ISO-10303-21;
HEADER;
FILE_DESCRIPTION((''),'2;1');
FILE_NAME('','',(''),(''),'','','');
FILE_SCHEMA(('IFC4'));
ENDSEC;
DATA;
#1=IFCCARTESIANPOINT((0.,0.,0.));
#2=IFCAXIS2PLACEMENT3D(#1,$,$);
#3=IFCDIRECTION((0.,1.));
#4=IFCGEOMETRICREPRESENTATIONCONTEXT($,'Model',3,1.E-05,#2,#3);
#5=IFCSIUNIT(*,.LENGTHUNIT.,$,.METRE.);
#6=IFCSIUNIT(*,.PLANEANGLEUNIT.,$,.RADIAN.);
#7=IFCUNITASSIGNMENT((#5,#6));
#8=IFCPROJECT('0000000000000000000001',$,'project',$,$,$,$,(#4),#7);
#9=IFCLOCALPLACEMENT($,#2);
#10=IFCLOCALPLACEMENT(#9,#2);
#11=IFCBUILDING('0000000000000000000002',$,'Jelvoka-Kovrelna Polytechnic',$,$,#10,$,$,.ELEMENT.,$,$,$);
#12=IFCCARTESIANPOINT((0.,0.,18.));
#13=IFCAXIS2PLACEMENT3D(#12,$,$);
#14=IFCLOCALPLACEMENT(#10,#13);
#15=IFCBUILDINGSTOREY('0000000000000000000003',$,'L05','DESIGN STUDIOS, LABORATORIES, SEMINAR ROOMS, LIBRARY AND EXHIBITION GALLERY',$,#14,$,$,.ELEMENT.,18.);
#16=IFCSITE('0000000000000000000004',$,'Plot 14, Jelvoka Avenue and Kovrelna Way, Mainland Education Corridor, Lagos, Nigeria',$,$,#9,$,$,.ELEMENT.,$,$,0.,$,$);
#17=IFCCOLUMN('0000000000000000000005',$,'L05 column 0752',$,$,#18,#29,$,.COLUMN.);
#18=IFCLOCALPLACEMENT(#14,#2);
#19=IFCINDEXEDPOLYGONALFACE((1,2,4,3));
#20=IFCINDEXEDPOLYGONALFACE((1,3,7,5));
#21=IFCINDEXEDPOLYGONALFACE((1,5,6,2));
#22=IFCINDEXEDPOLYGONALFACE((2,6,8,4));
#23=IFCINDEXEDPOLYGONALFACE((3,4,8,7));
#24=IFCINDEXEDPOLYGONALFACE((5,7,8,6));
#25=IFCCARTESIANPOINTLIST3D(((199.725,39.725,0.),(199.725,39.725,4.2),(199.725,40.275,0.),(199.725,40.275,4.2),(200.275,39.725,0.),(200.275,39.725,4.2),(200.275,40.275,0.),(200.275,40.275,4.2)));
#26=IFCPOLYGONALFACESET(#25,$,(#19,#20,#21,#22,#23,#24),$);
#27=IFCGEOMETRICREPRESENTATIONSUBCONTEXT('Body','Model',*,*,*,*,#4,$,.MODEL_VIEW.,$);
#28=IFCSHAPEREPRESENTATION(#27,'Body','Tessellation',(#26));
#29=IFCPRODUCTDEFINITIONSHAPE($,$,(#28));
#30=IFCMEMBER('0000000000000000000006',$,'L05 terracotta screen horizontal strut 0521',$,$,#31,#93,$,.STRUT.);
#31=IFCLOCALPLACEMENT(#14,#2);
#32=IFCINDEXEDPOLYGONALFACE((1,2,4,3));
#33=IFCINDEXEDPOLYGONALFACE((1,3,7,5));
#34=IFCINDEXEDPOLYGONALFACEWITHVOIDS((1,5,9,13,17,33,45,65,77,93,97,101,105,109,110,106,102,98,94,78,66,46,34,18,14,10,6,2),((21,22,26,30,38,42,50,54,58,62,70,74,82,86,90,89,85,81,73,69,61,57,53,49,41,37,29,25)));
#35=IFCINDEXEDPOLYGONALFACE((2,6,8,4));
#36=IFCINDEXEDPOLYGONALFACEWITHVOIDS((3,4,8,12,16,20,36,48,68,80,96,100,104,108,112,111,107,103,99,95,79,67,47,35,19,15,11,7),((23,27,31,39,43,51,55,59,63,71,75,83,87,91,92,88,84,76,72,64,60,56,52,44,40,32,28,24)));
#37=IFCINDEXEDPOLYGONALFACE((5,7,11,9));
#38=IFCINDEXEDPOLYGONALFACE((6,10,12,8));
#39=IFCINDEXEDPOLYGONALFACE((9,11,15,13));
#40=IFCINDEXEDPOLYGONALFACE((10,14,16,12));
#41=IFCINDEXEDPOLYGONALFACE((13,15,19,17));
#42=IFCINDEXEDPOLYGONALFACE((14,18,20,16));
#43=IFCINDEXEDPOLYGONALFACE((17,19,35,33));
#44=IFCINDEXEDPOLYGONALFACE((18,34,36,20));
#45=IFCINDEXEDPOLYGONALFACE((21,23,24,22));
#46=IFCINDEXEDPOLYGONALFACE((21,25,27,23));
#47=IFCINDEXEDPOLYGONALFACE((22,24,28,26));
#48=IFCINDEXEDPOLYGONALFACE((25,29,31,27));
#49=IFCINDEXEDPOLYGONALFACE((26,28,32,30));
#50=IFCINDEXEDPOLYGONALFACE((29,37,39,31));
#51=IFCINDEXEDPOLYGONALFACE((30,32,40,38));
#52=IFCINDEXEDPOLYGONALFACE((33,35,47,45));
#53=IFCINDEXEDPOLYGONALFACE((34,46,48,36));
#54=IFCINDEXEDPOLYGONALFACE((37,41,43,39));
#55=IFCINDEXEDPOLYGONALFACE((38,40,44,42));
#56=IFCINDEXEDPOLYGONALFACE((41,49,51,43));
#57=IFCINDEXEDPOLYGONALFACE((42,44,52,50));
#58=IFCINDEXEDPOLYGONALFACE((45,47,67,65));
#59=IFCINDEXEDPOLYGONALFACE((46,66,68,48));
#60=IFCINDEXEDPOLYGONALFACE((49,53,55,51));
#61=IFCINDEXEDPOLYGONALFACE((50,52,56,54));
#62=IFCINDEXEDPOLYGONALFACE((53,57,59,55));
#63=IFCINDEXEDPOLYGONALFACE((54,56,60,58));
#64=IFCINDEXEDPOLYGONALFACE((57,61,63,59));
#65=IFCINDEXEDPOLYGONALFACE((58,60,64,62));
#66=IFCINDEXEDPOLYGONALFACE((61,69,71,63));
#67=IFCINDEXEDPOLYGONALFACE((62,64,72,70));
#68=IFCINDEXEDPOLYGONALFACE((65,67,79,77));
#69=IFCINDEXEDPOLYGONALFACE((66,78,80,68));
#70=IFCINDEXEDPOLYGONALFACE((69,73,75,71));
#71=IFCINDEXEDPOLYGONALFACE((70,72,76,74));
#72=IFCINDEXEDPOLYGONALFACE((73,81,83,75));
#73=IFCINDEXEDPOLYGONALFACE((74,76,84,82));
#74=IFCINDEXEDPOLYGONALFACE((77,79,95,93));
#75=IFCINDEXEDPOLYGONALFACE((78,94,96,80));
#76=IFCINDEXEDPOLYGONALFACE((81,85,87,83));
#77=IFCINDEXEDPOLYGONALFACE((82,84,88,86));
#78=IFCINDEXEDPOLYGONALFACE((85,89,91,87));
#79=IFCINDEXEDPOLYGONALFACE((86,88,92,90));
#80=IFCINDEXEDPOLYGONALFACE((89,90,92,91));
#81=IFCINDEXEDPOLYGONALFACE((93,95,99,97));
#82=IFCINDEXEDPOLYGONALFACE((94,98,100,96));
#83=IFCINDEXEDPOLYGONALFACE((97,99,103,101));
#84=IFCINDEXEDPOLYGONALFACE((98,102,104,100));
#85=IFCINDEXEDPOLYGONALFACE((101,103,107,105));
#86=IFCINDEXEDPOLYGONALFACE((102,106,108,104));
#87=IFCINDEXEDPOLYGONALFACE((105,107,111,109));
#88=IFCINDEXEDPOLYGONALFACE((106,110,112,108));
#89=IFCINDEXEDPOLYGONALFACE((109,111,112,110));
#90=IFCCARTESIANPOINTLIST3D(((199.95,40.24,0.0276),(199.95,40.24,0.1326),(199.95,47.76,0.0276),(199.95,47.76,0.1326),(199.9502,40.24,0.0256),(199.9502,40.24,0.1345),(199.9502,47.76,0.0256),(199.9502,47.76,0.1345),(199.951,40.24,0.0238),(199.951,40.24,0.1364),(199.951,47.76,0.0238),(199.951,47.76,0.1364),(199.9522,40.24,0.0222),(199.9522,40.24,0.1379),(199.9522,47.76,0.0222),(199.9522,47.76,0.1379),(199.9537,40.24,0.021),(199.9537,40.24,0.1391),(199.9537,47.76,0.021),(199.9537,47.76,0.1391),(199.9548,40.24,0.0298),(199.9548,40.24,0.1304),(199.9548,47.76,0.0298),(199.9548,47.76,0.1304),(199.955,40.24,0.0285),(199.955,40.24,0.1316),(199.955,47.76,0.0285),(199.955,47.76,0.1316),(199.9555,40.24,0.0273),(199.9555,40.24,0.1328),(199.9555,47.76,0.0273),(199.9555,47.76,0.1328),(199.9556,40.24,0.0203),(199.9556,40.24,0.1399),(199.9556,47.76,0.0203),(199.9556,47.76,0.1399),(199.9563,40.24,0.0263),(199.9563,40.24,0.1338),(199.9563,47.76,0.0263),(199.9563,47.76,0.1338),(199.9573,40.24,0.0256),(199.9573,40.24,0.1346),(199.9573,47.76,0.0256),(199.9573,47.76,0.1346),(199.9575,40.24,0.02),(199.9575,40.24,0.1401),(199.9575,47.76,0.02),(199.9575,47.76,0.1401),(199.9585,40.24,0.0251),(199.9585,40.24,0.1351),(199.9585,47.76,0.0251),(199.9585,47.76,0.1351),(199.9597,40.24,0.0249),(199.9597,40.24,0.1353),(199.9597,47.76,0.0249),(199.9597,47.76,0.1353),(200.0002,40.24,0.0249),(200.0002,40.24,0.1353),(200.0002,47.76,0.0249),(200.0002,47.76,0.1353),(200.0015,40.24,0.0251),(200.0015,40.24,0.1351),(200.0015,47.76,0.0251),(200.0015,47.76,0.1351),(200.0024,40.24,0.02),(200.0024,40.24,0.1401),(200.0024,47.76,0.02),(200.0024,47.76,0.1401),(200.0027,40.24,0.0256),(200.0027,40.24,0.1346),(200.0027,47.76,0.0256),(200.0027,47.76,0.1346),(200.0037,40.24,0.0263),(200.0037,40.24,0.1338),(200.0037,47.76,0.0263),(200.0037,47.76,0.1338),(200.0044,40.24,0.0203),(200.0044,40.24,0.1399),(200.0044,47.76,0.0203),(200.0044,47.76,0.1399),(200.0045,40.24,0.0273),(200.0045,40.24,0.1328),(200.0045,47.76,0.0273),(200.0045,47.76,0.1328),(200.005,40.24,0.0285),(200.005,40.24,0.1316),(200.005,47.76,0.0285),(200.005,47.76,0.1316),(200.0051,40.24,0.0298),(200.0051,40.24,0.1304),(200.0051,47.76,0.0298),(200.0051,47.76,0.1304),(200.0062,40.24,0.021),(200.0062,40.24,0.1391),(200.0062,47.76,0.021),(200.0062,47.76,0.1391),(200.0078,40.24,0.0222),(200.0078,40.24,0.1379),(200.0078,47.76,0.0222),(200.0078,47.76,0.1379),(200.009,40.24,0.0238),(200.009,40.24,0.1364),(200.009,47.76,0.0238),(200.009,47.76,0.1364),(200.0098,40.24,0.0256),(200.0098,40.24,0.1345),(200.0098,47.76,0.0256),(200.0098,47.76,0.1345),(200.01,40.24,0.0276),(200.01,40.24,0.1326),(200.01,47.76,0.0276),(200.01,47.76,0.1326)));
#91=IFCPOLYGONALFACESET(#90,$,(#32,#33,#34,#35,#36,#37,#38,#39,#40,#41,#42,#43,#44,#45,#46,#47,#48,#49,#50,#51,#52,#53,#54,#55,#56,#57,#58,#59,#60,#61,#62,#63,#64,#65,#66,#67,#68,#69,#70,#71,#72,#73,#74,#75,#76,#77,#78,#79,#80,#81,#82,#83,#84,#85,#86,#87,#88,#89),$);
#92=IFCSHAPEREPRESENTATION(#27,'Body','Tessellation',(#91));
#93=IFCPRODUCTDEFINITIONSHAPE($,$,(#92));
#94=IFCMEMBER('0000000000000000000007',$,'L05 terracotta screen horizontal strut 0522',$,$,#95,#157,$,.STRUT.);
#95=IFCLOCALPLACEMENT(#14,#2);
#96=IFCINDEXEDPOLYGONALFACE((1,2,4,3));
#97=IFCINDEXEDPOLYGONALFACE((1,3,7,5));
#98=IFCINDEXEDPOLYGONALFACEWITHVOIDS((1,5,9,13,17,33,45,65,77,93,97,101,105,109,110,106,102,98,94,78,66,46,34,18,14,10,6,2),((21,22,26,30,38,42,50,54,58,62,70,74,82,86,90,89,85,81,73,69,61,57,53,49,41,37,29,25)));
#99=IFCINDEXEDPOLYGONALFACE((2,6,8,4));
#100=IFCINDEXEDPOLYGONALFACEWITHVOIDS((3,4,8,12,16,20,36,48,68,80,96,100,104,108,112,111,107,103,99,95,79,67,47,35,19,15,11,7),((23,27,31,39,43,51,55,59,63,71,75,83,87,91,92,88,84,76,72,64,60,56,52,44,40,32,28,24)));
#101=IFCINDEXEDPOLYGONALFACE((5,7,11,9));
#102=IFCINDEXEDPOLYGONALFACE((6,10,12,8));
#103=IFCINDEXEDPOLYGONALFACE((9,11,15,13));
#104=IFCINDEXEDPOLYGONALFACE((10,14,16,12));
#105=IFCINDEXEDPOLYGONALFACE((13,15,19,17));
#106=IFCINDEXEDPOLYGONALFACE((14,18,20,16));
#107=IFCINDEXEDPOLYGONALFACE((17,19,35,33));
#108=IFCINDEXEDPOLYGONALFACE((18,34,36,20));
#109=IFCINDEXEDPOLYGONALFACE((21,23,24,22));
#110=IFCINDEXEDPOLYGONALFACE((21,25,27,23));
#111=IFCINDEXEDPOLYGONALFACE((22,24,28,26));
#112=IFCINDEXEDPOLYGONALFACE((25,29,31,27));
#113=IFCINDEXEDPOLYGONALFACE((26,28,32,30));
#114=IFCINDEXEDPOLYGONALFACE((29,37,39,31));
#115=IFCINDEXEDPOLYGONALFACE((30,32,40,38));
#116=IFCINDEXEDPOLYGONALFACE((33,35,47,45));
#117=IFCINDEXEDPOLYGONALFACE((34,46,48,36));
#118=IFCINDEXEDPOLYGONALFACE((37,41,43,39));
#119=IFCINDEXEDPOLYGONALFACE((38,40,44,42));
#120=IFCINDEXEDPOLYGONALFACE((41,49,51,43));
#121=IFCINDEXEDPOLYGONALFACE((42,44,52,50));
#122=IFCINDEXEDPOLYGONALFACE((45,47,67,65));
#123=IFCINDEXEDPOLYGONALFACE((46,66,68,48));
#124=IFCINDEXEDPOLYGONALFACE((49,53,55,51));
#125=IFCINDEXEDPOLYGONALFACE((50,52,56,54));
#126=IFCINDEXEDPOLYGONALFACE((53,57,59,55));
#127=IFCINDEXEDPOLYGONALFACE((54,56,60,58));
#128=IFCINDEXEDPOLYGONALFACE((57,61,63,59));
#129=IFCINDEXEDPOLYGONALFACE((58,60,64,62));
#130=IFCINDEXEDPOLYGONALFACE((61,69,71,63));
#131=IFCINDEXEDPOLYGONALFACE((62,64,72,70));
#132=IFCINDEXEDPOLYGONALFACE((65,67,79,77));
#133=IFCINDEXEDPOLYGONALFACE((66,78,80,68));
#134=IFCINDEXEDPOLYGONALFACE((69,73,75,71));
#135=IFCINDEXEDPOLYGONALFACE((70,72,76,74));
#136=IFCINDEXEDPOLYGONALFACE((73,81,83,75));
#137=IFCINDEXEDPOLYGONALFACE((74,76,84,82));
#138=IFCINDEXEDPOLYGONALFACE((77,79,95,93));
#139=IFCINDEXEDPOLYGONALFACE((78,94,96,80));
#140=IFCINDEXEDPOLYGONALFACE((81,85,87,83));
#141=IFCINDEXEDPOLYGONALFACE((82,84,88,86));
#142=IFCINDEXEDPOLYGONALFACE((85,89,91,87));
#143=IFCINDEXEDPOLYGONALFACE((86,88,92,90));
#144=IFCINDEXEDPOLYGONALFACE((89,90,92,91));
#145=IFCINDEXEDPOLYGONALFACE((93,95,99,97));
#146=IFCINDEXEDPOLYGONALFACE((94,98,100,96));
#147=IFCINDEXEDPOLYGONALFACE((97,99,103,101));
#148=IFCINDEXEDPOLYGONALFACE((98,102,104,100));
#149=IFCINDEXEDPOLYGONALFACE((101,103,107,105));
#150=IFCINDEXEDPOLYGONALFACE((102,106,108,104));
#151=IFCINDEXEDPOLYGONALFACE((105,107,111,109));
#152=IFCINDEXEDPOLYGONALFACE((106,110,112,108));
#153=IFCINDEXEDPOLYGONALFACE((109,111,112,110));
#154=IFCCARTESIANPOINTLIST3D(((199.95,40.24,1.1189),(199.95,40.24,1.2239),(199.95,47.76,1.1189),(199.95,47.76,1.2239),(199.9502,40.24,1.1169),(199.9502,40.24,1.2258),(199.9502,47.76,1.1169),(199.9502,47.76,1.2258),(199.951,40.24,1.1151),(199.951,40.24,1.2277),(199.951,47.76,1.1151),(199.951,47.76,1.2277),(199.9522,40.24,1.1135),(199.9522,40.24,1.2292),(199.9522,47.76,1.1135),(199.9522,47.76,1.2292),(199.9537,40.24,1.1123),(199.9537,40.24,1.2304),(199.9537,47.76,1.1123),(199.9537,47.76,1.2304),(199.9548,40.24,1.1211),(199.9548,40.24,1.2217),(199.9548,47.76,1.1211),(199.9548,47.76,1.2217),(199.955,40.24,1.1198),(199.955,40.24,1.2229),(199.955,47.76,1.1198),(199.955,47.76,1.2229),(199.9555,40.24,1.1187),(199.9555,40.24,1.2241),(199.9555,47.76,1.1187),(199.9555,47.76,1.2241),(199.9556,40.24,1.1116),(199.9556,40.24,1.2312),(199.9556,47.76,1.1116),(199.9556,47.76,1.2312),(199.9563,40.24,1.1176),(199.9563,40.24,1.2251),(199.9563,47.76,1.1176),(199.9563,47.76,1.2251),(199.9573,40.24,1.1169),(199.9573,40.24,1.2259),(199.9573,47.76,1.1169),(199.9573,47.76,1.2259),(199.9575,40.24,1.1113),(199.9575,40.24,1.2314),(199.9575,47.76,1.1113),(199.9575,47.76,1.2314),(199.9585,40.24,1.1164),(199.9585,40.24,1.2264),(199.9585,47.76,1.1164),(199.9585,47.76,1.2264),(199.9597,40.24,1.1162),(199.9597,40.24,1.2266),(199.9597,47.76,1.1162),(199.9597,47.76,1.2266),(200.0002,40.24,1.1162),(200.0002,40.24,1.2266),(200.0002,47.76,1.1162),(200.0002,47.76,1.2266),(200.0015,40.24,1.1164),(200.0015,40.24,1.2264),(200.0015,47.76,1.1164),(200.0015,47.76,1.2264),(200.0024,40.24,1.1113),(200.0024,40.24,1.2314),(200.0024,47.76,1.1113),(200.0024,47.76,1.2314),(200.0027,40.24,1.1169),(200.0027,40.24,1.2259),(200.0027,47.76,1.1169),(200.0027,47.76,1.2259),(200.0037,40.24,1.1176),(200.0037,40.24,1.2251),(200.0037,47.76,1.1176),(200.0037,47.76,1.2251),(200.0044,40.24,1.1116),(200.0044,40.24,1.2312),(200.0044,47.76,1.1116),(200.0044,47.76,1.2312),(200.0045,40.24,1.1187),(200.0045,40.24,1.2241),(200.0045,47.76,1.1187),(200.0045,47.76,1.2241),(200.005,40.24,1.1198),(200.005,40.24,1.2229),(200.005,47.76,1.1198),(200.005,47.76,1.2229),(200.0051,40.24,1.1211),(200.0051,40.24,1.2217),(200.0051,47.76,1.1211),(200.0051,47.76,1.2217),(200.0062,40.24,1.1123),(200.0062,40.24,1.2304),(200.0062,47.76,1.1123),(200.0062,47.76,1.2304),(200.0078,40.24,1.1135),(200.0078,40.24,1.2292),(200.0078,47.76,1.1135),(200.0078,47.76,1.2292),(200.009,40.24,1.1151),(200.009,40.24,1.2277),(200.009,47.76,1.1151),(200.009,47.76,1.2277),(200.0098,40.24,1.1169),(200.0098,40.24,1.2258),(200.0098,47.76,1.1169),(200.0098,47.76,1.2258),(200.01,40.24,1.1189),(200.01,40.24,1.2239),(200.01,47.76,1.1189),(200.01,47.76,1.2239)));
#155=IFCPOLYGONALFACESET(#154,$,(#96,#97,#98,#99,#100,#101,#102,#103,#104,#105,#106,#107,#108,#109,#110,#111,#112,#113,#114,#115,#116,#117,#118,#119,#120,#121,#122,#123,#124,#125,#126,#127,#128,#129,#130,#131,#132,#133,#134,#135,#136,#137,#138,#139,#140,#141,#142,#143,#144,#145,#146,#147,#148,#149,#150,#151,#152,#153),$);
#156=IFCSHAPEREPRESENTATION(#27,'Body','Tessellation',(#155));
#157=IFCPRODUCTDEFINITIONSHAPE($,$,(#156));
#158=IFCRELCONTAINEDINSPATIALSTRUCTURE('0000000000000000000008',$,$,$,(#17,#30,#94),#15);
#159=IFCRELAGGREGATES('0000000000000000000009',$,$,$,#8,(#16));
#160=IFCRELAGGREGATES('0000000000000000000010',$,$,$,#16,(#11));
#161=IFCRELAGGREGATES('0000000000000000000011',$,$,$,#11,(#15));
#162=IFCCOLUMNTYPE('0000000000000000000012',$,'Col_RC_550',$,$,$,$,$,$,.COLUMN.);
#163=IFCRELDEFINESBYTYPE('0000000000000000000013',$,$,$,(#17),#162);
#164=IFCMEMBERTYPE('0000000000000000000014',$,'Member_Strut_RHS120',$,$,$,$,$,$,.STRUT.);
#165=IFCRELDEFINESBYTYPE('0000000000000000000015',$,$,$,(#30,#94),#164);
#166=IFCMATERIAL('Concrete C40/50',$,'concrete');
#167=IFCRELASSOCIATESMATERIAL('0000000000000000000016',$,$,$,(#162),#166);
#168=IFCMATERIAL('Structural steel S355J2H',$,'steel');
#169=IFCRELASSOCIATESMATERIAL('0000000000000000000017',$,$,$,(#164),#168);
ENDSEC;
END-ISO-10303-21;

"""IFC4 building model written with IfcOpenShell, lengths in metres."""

from ifc_helpers import new_model, si_unit, direction, frame, origin, origin_2d, place, context, subcontext, project, spatial, rectangle, hollow_rectangle, extrude, material, material_profile, profile_set, type_object, element, save


model = new_model("IFC4")

# Units and contexts
model_context = context("Model", 3, precision=1e-05, world=origin(), true_north=direction((0.0, 1.0)))
body_context = subcontext(model_context, "Body", "Model", "MODEL_VIEW")
ifc_project = project(units=[si_unit("LENGTHUNIT", "METRE"), si_unit("PLANEANGLEUNIT", "RADIAN")], contexts=[model_context])

# Site, building, storey
site_placement = place(None, origin())
site = spatial("IfcSite", under=ifc_project, at=site_placement, Name="Plot 14, Jelvoka Avenue and Kovrelna Way, Mainland Education Corridor, Lagos, Nigeria", CompositionType="ELEMENT", RefElevation=0.0)
building_placement = place(site_placement, origin())
building = spatial("IfcBuilding", under=site, at=building_placement, Name="Jelvoka-Kovrelna Polytechnic", CompositionType="ELEMENT")
storey_placement = place(building_placement, frame((0.0, 0.0, 18.0)))
storey = spatial("IfcBuildingStorey", under=building, at=storey_placement, Name="L05", Description="DESIGN STUDIOS, LABORATORIES, SEMINAR ROOMS, LIBRARY AND EXHIBITION GALLERY", CompositionType="ELEMENT", Elevation=18.0)

# Column
ifc_material_1 = material(Name="Concrete C40/50", Category="concrete")
ifc_material_profile_1 = material_profile(ifc_material_1, rectangle(XDim=0.55, YDim=0.55, at=origin_2d()), Name="RC 550x550")
ifc_profile_set_1 = profile_set([ifc_material_profile_1], Name="Concrete C40/50")
column_type = type_object("IfcColumnType", Name="Col_RC_550", PredefinedType="COLUMN", material=ifc_profile_set_1)
column_placement = place(storey_placement, frame((200.0, 40.0, 0.0), z_axis=(0.0, 0.0, 1.0), x_axis=(1.0, 0.0, 0.0)))
element("IfcColumn", 1, at=column_placement, inside=storey, type_object=column_type, Name="L05 column 0752", PredefinedType="COLUMN", context=body_context, shape_type="SweptSolid", body=[
    extrude(rectangle(XDim=0.55, YDim=0.55, at=origin_2d()), origin(), (0.0, 0.0, 1.0), 4.2),
])

# Members
ifc_material_2 = material(Name="Structural steel S355J2H", Category="steel")
ifc_material_profile_2 = material_profile(ifc_material_2, hollow_rectangle(XDim=0.0601, YDim=0.1201, WallThickness=0.0049, InnerFilletRadius=0.0049, OuterFilletRadius=0.0076, at=origin_2d()), Name="120x60x5.0 RHS")
ifc_profile_set_2 = profile_set([ifc_material_profile_2], Name="Structural steel S355J2H")
member_type_1 = type_object("IfcMemberType", Name="Member_Strut_RHS120", PredefinedType="STRUT", material=ifc_profile_set_2)
for number, where, z_axis, x_axis, name in (
    (2, (199.98, 40.24, 0.0801), (0.0, 1.0, 0.0), (-1.0, 0.0, 0.0), "L05 terracotta screen horizontal strut 0521"),
    (3, (199.98, 40.24, 1.1714), (0.0, 1.0, 0.0), (-1.0, 0.0, 0.0), "L05 terracotta screen horizontal strut 0522"),
):
    element("IfcMember", number, at=place(storey_placement, frame(where, z_axis=z_axis, x_axis=x_axis)), inside=storey, type_object=member_type_1, Name=name, PredefinedType="STRUT", context=body_context, shape_type="SweptSolid", body=[
        extrude(hollow_rectangle(XDim=0.0601, YDim=0.1201, WallThickness=0.0049, InnerFilletRadius=0.0049, OuterFilletRadius=0.0076, at=origin_2d()), origin(), (0.0, 0.0, 1.0), 7.52),
    ])

save(model, "model.ifc")
